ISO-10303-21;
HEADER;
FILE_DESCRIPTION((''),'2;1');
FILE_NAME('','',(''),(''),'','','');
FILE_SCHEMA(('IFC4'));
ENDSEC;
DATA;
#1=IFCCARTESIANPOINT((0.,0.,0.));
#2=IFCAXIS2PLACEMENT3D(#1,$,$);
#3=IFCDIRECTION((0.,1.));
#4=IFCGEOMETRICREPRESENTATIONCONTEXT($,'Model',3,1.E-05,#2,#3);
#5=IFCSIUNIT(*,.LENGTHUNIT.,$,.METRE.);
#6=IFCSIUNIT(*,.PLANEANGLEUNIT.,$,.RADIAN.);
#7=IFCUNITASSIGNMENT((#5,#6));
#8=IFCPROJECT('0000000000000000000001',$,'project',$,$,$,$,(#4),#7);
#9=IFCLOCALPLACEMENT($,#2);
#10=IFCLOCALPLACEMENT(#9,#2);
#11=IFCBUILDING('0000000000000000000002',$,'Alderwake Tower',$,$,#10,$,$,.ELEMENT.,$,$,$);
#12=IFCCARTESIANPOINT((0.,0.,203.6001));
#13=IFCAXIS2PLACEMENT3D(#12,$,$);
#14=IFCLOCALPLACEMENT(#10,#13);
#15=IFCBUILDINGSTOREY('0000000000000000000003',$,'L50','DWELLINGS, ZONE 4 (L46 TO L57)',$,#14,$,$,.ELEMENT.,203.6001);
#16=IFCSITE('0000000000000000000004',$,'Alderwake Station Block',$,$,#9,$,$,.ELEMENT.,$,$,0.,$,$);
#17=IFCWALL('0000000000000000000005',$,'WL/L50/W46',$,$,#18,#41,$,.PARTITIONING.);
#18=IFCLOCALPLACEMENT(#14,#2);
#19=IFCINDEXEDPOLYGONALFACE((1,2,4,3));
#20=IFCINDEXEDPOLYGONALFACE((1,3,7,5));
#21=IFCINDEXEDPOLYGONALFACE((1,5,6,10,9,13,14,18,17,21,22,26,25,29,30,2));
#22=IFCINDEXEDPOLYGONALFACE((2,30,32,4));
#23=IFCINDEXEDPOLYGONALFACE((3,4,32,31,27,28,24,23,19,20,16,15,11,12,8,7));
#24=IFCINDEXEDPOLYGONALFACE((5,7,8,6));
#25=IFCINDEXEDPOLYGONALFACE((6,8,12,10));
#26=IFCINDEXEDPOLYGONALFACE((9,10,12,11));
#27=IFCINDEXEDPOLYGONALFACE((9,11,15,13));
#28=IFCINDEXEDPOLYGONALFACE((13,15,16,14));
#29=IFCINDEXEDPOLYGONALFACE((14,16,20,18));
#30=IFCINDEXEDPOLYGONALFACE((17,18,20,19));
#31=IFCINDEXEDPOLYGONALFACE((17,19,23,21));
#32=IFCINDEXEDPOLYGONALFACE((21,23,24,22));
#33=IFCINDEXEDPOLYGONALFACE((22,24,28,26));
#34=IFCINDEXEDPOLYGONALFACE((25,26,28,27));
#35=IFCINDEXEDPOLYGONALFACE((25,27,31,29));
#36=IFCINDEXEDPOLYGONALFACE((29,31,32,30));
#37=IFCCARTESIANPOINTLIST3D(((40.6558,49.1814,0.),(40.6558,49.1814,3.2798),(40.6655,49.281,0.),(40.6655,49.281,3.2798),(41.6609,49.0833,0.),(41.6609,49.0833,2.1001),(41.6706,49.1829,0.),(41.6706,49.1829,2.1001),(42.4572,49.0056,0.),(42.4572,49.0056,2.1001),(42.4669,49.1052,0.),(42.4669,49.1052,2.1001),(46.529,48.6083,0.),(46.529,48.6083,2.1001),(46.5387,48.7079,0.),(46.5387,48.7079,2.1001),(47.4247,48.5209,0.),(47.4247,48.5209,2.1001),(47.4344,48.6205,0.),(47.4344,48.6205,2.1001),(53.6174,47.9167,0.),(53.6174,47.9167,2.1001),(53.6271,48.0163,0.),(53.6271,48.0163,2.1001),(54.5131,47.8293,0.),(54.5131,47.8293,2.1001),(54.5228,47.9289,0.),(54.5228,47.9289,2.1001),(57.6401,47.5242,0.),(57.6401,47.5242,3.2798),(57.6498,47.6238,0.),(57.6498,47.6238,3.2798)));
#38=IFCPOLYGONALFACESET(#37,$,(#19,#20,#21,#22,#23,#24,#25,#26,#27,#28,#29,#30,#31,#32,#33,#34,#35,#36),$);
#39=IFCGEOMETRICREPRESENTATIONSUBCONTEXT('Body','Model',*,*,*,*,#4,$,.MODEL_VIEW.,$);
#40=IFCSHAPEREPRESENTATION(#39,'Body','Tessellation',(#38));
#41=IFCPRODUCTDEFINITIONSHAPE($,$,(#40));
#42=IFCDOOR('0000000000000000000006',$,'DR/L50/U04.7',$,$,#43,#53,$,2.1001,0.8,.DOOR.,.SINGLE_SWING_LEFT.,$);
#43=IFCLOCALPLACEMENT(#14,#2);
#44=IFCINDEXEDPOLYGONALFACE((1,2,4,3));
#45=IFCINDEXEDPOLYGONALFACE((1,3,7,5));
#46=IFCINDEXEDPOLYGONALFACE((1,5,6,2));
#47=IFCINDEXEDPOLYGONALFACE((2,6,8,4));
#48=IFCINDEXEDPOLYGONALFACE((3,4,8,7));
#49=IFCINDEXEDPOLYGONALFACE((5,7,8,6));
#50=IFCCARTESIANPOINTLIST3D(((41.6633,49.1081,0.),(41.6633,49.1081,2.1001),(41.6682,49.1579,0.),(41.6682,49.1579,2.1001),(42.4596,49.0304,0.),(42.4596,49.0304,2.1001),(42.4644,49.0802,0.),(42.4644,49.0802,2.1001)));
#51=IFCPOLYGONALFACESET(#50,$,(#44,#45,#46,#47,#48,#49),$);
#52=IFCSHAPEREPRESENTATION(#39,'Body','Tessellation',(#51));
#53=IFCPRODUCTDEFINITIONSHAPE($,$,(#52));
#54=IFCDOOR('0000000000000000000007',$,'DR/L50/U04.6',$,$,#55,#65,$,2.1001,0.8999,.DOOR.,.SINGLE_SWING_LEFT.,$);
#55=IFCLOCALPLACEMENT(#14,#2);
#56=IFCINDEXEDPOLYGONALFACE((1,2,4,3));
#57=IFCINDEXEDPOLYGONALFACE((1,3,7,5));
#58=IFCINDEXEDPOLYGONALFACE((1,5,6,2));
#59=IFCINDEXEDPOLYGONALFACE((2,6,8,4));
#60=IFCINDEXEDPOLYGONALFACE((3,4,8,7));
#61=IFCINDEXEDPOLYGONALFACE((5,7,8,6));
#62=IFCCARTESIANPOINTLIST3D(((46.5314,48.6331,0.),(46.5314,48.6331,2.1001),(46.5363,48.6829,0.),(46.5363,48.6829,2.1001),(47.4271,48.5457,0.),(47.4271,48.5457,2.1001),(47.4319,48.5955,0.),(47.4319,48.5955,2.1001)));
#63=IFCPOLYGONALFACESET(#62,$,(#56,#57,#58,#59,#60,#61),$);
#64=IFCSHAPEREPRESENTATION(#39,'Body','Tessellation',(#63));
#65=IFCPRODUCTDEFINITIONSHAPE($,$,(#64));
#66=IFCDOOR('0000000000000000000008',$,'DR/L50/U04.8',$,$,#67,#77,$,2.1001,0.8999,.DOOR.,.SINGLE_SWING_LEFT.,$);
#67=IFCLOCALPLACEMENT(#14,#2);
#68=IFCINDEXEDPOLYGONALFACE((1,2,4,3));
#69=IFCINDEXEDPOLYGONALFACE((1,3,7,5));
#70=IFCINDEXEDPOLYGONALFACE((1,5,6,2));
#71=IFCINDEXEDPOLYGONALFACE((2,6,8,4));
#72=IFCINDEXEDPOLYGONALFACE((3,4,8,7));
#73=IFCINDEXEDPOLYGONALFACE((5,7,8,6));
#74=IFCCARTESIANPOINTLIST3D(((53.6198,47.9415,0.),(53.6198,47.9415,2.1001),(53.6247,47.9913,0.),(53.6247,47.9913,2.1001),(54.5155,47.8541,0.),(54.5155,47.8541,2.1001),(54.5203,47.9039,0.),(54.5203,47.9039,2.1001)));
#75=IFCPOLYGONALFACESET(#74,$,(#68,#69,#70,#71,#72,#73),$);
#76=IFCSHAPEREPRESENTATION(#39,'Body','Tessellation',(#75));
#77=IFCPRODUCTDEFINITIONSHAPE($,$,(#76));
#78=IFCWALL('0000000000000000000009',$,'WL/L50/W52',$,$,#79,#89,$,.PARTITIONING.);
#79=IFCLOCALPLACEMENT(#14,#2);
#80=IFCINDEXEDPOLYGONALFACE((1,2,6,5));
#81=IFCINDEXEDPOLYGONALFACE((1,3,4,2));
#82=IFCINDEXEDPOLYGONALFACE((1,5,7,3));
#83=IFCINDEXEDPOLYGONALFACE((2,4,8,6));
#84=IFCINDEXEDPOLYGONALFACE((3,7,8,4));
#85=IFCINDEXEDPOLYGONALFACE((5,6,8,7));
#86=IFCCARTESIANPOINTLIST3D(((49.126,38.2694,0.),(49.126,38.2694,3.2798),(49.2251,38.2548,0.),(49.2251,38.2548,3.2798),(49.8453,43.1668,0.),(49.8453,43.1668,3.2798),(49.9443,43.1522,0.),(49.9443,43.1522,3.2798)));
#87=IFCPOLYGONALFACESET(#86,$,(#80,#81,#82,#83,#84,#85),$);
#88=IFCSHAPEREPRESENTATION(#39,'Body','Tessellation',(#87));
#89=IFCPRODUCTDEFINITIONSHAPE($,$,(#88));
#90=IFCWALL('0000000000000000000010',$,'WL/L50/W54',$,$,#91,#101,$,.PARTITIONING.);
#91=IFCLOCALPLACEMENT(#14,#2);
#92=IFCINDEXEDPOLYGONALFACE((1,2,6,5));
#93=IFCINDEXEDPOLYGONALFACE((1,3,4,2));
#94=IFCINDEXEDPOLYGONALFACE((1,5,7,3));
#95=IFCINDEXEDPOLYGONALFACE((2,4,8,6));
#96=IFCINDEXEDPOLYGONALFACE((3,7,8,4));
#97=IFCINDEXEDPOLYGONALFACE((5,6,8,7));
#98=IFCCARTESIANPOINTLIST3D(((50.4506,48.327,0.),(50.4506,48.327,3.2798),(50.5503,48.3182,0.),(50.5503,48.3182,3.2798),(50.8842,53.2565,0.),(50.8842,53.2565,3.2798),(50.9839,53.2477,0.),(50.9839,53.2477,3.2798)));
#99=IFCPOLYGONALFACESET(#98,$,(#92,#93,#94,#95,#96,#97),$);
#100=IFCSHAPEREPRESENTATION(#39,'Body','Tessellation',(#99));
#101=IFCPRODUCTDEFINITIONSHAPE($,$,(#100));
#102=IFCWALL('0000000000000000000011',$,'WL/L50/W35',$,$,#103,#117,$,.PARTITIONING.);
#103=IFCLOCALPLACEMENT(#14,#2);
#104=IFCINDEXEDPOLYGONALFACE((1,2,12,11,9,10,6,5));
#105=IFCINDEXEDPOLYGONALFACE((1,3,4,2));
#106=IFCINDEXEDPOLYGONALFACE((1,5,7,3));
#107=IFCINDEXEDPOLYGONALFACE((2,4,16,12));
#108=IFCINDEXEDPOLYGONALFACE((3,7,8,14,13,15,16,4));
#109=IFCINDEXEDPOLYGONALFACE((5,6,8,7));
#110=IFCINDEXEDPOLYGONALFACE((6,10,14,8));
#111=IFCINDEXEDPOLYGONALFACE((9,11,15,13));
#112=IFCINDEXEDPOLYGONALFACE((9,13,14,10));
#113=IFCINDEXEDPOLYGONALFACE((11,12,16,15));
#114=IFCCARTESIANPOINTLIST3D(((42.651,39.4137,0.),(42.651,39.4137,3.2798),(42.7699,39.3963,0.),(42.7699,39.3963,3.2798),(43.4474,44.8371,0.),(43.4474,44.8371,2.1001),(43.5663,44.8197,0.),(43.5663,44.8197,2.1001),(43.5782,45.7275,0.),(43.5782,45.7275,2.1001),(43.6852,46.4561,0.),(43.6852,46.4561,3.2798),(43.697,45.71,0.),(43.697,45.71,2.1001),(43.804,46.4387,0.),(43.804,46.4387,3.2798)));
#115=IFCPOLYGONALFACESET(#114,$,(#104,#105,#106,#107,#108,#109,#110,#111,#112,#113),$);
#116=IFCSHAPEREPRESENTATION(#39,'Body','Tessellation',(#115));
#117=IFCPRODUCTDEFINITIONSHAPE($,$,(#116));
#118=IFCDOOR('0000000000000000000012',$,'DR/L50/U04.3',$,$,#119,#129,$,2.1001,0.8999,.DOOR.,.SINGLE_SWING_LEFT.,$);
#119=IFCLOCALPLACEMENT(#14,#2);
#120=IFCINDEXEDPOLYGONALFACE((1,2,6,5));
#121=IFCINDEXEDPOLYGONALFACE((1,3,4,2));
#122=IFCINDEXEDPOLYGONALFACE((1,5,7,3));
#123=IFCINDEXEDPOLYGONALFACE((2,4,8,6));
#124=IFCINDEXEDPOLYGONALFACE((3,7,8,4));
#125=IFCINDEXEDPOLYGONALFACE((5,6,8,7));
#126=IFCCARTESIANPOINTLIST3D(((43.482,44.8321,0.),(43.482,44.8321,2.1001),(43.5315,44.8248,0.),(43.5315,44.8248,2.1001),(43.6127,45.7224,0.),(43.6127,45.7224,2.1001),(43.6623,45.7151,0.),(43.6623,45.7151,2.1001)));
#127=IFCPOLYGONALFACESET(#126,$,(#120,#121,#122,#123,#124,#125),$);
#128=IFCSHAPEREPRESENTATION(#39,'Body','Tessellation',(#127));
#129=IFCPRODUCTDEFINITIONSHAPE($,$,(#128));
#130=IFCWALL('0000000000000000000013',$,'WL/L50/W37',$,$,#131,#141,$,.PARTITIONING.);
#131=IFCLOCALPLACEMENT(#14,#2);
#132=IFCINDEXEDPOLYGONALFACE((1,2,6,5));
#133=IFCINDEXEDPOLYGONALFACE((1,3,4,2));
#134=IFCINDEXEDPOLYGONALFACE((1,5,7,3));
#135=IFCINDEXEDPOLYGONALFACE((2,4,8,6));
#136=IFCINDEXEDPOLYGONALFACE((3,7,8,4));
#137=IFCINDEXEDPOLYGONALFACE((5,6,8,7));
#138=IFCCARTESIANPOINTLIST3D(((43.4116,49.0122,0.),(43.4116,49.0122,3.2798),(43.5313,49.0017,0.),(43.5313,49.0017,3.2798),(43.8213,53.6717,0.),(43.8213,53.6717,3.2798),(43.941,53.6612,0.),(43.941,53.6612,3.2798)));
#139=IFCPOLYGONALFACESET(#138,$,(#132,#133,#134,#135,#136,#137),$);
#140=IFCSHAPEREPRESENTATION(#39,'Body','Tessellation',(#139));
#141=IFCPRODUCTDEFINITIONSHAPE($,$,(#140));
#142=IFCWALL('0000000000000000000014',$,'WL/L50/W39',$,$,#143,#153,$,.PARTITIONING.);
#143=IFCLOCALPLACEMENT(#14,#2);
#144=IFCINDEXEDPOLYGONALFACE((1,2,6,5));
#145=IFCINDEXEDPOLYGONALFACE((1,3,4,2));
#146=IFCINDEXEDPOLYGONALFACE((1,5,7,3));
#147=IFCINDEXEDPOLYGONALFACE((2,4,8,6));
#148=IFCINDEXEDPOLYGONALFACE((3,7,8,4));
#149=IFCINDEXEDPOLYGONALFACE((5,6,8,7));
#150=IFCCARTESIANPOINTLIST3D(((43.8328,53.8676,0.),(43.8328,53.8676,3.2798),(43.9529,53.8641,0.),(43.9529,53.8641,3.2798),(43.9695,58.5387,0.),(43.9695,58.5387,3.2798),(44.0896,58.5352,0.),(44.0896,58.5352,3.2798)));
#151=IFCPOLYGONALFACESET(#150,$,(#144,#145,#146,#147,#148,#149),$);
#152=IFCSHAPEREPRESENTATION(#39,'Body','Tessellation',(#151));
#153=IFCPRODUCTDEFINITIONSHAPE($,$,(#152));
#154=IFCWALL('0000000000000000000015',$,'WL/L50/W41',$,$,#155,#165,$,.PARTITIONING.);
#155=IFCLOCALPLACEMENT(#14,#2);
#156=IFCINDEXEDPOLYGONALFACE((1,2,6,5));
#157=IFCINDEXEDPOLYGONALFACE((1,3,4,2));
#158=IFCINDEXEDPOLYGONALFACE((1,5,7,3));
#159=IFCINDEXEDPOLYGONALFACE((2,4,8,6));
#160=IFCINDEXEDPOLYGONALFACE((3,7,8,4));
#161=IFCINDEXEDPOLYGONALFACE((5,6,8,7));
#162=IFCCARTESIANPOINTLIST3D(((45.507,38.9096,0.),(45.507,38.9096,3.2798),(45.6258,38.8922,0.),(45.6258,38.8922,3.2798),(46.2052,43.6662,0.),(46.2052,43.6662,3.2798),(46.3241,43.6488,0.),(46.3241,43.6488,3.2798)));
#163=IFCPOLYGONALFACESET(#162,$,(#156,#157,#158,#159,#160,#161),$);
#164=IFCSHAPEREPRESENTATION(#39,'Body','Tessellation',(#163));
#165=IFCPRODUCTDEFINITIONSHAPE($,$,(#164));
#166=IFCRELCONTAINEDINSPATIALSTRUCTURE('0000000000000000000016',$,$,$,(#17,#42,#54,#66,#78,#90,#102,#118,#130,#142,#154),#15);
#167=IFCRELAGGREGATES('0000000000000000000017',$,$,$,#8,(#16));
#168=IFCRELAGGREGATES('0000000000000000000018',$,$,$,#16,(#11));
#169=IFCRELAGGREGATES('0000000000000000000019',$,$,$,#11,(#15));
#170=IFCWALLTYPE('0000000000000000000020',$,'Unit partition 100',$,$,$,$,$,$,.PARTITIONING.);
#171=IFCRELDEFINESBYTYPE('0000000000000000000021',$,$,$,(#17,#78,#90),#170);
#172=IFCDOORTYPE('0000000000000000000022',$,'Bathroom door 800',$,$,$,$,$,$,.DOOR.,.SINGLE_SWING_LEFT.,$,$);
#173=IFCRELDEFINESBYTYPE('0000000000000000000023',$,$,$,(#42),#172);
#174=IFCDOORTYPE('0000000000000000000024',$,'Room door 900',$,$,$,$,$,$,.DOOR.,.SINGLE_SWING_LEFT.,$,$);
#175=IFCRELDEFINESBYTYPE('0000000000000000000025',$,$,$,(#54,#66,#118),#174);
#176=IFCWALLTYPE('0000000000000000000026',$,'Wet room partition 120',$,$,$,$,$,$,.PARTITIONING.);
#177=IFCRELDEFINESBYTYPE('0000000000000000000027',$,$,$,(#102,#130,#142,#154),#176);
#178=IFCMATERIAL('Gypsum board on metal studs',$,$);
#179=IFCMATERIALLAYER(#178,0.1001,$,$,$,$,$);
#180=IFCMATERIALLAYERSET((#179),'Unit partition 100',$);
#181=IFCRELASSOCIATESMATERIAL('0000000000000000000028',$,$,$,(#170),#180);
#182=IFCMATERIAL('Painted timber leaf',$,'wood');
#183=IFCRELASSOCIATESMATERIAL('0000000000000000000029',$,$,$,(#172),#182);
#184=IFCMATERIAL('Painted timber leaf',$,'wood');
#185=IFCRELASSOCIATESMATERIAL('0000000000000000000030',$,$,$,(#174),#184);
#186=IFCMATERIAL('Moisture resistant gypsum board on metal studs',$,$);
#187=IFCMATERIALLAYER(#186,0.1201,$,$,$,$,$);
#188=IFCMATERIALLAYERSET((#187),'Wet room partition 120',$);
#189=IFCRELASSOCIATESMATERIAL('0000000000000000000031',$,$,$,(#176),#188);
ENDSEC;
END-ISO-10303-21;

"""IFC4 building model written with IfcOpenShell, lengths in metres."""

from ifc_helpers import new_model, si_unit, direction, frame, frame_2d, origin, place, context, subcontext, project, spatial, rectangle, extrude, material, layer, layer_set, type_object, element, fill, save


model = new_model("IFC4")

# Units and contexts
model_context = context("Model", 3, precision=1e-05, world=origin(), true_north=direction((0.0, 1.0)))
body_context = subcontext(model_context, "Body", "Model", "MODEL_VIEW")
ifc_project = project(units=[si_unit("LENGTHUNIT", "METRE"), si_unit("PLANEANGLEUNIT", "RADIAN")], contexts=[model_context])

# Site, building, storey
site_placement = place(None, origin())
site = spatial("IfcSite", under=ifc_project, at=site_placement, Name="Alderwake Station Block", CompositionType="ELEMENT", RefElevation=0.0)
building_placement = place(site_placement, origin())
building = spatial("IfcBuilding", under=site, at=building_placement, Name="Alderwake Tower", CompositionType="ELEMENT")
storey_placement = place(building_placement, frame((0.0, 0.0, 203.6001)))
storey = spatial("IfcBuildingStorey", under=building, at=storey_placement, Name="L50", Description="DWELLINGS, ZONE 4 (L46 TO L57)", CompositionType="ELEMENT", Elevation=203.6001)

# Shared definitions
ifc_material_1 = material(Name="Gypsum board on metal studs")
ifc_layer_1 = layer(ifc_material_1, 0.1001)
ifc_layer_set_1 = layer_set([ifc_layer_1], Name="Unit partition 100")
wall_type_1 = type_object("IfcWallType", Name="Unit partition 100", PredefinedType="PARTITIONING", material=ifc_layer_set_1)

# Wall, openings, doors
wall_1_placement = place(storey_placement, frame((40.6606, 49.2312, 0.0), z_axis=(0.0, 0.0, 1.0), x_axis=(0.995273, -0.097112, 0.0)))
wall_1 = element("IfcWall", 1, at=wall_1_placement, inside=storey, type_object=wall_type_1, Name="WL/L50/W46", PredefinedType="PARTITIONING", context=body_context, shape_type="SweptSolid", body=[
    extrude(rectangle(XDim=17.0649, YDim=0.1001, at=frame_2d((8.5325, 0.0))), origin(), (0.0, 0.0, 1.0), 3.2798),
])
opening_1_placement = place(wall_1_placement, frame((5.9011, 0.0, 0.0)))
opening_1 = element("IfcOpeningElement", 2, at=opening_1_placement, cuts=wall_1, PredefinedType="OPENING", context=body_context, shape_type="SweptSolid", body=[
    extrude(rectangle(XDim=0.8999, YDim=2.1001, at=frame_2d((0.45, 1.05))), frame((0.0, 0.0601, 0.0), z_axis=(0.0, -1.0, 0.0), x_axis=(1.0, 0.0, 0.0)), (0.0, 0.0, 1.0), 0.1201),
])
opening_2_placement = place(wall_1_placement, frame((1.01, 0.0, 0.0)))
opening_2 = element("IfcOpeningElement", 3, at=opening_2_placement, cuts=wall_1, PredefinedType="OPENING", context=body_context, shape_type="SweptSolid", body=[
    extrude(rectangle(XDim=0.8, YDim=2.1001, at=frame_2d((0.3999, 1.05))), frame((0.0, 0.0601, 0.0), z_axis=(0.0, -1.0, 0.0), x_axis=(1.0, 0.0, 0.0)), (0.0, 0.0, 1.0), 0.1201),
])
opening_3_placement = place(wall_1_placement, frame((13.0232, 0.0, 0.0)))
opening_3 = element("IfcOpeningElement", 4, at=opening_3_placement, cuts=wall_1, PredefinedType="OPENING", context=body_context, shape_type="SweptSolid", body=[
    extrude(rectangle(XDim=0.8999, YDim=2.1001, at=frame_2d((0.45, 1.05))), frame((0.0, 0.0601, 0.0), z_axis=(0.0, -1.0, 0.0), x_axis=(1.0, 0.0, 0.0)), (0.0, 0.0, 1.0), 0.1201),
])
ifc_material_2 = material(Name="Painted timber leaf", Category="wood")
door_type_1 = type_object("IfcDoorType", Name="Bathroom door 800", OperationType="SINGLE_SWING_LEFT", PredefinedType="DOOR", material=ifc_material_2)
door_1_placement = place(opening_2_placement, origin())
door_1 = element("IfcDoor", 5, at=door_1_placement, inside=storey, type_object=door_type_1, Name="DR/L50/U04.7", OperationType="SINGLE_SWING_LEFT", OverallHeight=2.1001, OverallWidth=0.8, PredefinedType="DOOR", context=body_context, shape_type="SweptSolid", body=[
    extrude(rectangle(XDim=0.8, YDim=2.1001, at=frame_2d((0.3999, 1.05))), frame((0.0, 0.0249, 0.0), z_axis=(0.0, -1.0, 0.0), x_axis=(1.0, 0.0, 0.0)), (0.0, 0.0, 1.0), 0.05),
])
fill(opening_2, door_1)
ifc_material_3 = material(Name="Painted timber leaf", Category="wood")
door_type_2 = type_object("IfcDoorType", Name="Room door 900", OperationType="SINGLE_SWING_LEFT", PredefinedType="DOOR", material=ifc_material_3)
door_2_placement = place(opening_1_placement, origin())
door_2 = element("IfcDoor", 6, at=door_2_placement, inside=storey, type_object=door_type_2, Name="DR/L50/U04.6", OperationType="SINGLE_SWING_LEFT", OverallHeight=2.1001, OverallWidth=0.8999, PredefinedType="DOOR", context=body_context, shape_type="SweptSolid", body=[
    extrude(rectangle(XDim=0.8999, YDim=2.1001, at=frame_2d((0.45, 1.05))), frame((0.0, 0.0249, 0.0), z_axis=(0.0, -1.0, 0.0), x_axis=(1.0, 0.0, 0.0)), (0.0, 0.0, 1.0), 0.05),
])
fill(opening_1, door_2)
door_3_placement = place(opening_3_placement, origin())
door_3 = element("IfcDoor", 7, at=door_3_placement, inside=storey, type_object=door_type_2, Name="DR/L50/U04.8", OperationType="SINGLE_SWING_LEFT", OverallHeight=2.1001, OverallWidth=0.8999, PredefinedType="DOOR", context=body_context, shape_type="SweptSolid", body=[
    extrude(rectangle(XDim=0.8999, YDim=2.1001, at=frame_2d((0.45, 1.05))), frame((0.0, 0.0249, 0.0), z_axis=(0.0, -1.0, 0.0), x_axis=(1.0, 0.0, 0.0)), (0.0, 0.0, 1.0), 0.05),
])
fill(opening_3, door_3)

# Walls
wall_2_placement = place(storey_placement, frame((49.1755, 38.262, 0.0), z_axis=(0.0, 0.0, 1.0), x_axis=(0.145301, 0.989388, 0.0)))
element("IfcWall", 8, at=wall_2_placement, inside=storey, type_object=wall_type_1, Name="WL/L50/W52", PredefinedType="PARTITIONING", context=body_context, shape_type="SweptSolid", body=[
    extrude(rectangle(XDim=4.95, YDim=0.1001, at=frame_2d((2.4751, 0.0))), origin(), (0.0, 0.0, 1.0), 3.2798),
])
wall_3_placement = place(storey_placement, frame((50.5005, 48.3228, 0.0), z_axis=(0.0, 0.0, 1.0), x_axis=(0.087622, 0.996154, 0.0)))
element("IfcWall", 9, at=wall_3_placement, inside=storey, type_object=wall_type_1, Name="WL/L50/W54", PredefinedType="PARTITIONING", context=body_context, shape_type="SweptSolid", body=[
    extrude(rectangle(XDim=4.9485, YDim=0.1001, at=frame_2d((2.4741, 0.0))), origin(), (0.0, 0.0, 1.0), 3.2798),
])

# Wall, opening, door
ifc_material_4 = material(Name="Moisture resistant gypsum board on metal studs")
ifc_layer_2 = layer(ifc_material_4, 0.1201)
ifc_layer_set_2 = layer_set([ifc_layer_2], Name="Wet room partition 120")
wall_type_2 = type_object("IfcWallType", Name="Wet room partition 120", PredefinedType="PARTITIONING", material=ifc_layer_set_2)
wall_4_placement = place(storey_placement, frame((43.7446, 46.4475, 0.0), z_axis=(0.0, 0.0, 1.0), x_axis=(-0.145291, -0.989389, 0.0)))
wall_4 = element("IfcWall", 10, at=wall_4_placement, inside=storey, type_object=wall_type_2, Name="WL/L50/W35", PredefinedType="PARTITIONING", context=body_context, shape_type="SweptSolid", body=[
    extrude(rectangle(XDim=7.1179, YDim=0.1201, at=frame_2d((3.5591, 0.0))), origin(), (0.0, 0.0, 1.0), 3.2798),
])
opening_4_placement = place(wall_4_placement, frame((0.7366, 0.0, 0.0)))
opening_4 = element("IfcOpeningElement", 11, at=opening_4_placement, cuts=wall_4, PredefinedType="OPENING", context=body_context, shape_type="SweptSolid", body=[
    extrude(rectangle(XDim=0.8999, YDim=2.1001, at=frame_2d((0.45, 1.05))), frame((0.0, 0.0701, 0.0), z_axis=(0.0, -1.0, 0.0), x_axis=(1.0, 0.0, 0.0)), (0.0, 0.0, 1.0), 0.1401),
])
door_4_placement = place(opening_4_placement, origin())
door_4 = element("IfcDoor", 12, at=door_4_placement, inside=storey, type_object=door_type_2, Name="DR/L50/U04.3", OperationType="SINGLE_SWING_LEFT", OverallHeight=2.1001, OverallWidth=0.8999, PredefinedType="DOOR", context=body_context, shape_type="SweptSolid", body=[
    extrude(rectangle(XDim=0.8999, YDim=2.1001, at=frame_2d((0.45, 1.05))), frame((0.0, 0.0249, 0.0), z_axis=(0.0, -1.0, 0.0), x_axis=(1.0, 0.0, 0.0)), (0.0, 0.0, 1.0), 0.05),
])
fill(opening_4, door_4)

# Walls
wall_5_placement = place(storey_placement, frame((43.4714, 49.0068, 0.0), z_axis=(0.0, 0.0, 1.0), x_axis=(0.087585, 0.996157, 0.0)))
element("IfcWall", 13, at=wall_5_placement, inside=storey, type_object=wall_type_2, Name="WL/L50/W37", PredefinedType="PARTITIONING", context=body_context, shape_type="SweptSolid", body=[
    extrude(rectangle(XDim=4.6775, YDim=0.1201, at=frame_2d((2.3389, 0.0))), origin(), (0.0, 0.0, 1.0), 3.2798),
])
wall_6_placement = place(storey_placement, frame((43.8928, 53.866, 0.0), z_axis=(0.0, 0.0, 1.0), x_axis=(0.029256, 0.999572, 0.0)))
element("IfcWall", 14, at=wall_6_placement, inside=storey, type_object=wall_type_2, Name="WL/L50/W39", PredefinedType="PARTITIONING", context=body_context, shape_type="SweptSolid", body=[
    extrude(rectangle(XDim=4.6731, YDim=0.1201, at=frame_2d((2.3364, 0.0))), origin(), (0.0, 0.0, 1.0), 3.2798),
])
wall_7_placement = place(storey_placement, frame((45.5664, 38.9009, 0.0), z_axis=(0.0, 0.0, 1.0), x_axis=(0.145238, 0.989397, 0.0)))
element("IfcWall", 15, at=wall_7_placement, inside=storey, type_object=wall_type_2, Name="WL/L50/W41", PredefinedType="PARTITIONING", context=body_context, shape_type="SweptSolid", body=[
    extrude(rectangle(XDim=4.8076, YDim=0.1201, at=frame_2d((2.4038, 0.0))), origin(), (0.0, 0.0, 1.0), 3.2798),
])

save(model, "model.ifc")
